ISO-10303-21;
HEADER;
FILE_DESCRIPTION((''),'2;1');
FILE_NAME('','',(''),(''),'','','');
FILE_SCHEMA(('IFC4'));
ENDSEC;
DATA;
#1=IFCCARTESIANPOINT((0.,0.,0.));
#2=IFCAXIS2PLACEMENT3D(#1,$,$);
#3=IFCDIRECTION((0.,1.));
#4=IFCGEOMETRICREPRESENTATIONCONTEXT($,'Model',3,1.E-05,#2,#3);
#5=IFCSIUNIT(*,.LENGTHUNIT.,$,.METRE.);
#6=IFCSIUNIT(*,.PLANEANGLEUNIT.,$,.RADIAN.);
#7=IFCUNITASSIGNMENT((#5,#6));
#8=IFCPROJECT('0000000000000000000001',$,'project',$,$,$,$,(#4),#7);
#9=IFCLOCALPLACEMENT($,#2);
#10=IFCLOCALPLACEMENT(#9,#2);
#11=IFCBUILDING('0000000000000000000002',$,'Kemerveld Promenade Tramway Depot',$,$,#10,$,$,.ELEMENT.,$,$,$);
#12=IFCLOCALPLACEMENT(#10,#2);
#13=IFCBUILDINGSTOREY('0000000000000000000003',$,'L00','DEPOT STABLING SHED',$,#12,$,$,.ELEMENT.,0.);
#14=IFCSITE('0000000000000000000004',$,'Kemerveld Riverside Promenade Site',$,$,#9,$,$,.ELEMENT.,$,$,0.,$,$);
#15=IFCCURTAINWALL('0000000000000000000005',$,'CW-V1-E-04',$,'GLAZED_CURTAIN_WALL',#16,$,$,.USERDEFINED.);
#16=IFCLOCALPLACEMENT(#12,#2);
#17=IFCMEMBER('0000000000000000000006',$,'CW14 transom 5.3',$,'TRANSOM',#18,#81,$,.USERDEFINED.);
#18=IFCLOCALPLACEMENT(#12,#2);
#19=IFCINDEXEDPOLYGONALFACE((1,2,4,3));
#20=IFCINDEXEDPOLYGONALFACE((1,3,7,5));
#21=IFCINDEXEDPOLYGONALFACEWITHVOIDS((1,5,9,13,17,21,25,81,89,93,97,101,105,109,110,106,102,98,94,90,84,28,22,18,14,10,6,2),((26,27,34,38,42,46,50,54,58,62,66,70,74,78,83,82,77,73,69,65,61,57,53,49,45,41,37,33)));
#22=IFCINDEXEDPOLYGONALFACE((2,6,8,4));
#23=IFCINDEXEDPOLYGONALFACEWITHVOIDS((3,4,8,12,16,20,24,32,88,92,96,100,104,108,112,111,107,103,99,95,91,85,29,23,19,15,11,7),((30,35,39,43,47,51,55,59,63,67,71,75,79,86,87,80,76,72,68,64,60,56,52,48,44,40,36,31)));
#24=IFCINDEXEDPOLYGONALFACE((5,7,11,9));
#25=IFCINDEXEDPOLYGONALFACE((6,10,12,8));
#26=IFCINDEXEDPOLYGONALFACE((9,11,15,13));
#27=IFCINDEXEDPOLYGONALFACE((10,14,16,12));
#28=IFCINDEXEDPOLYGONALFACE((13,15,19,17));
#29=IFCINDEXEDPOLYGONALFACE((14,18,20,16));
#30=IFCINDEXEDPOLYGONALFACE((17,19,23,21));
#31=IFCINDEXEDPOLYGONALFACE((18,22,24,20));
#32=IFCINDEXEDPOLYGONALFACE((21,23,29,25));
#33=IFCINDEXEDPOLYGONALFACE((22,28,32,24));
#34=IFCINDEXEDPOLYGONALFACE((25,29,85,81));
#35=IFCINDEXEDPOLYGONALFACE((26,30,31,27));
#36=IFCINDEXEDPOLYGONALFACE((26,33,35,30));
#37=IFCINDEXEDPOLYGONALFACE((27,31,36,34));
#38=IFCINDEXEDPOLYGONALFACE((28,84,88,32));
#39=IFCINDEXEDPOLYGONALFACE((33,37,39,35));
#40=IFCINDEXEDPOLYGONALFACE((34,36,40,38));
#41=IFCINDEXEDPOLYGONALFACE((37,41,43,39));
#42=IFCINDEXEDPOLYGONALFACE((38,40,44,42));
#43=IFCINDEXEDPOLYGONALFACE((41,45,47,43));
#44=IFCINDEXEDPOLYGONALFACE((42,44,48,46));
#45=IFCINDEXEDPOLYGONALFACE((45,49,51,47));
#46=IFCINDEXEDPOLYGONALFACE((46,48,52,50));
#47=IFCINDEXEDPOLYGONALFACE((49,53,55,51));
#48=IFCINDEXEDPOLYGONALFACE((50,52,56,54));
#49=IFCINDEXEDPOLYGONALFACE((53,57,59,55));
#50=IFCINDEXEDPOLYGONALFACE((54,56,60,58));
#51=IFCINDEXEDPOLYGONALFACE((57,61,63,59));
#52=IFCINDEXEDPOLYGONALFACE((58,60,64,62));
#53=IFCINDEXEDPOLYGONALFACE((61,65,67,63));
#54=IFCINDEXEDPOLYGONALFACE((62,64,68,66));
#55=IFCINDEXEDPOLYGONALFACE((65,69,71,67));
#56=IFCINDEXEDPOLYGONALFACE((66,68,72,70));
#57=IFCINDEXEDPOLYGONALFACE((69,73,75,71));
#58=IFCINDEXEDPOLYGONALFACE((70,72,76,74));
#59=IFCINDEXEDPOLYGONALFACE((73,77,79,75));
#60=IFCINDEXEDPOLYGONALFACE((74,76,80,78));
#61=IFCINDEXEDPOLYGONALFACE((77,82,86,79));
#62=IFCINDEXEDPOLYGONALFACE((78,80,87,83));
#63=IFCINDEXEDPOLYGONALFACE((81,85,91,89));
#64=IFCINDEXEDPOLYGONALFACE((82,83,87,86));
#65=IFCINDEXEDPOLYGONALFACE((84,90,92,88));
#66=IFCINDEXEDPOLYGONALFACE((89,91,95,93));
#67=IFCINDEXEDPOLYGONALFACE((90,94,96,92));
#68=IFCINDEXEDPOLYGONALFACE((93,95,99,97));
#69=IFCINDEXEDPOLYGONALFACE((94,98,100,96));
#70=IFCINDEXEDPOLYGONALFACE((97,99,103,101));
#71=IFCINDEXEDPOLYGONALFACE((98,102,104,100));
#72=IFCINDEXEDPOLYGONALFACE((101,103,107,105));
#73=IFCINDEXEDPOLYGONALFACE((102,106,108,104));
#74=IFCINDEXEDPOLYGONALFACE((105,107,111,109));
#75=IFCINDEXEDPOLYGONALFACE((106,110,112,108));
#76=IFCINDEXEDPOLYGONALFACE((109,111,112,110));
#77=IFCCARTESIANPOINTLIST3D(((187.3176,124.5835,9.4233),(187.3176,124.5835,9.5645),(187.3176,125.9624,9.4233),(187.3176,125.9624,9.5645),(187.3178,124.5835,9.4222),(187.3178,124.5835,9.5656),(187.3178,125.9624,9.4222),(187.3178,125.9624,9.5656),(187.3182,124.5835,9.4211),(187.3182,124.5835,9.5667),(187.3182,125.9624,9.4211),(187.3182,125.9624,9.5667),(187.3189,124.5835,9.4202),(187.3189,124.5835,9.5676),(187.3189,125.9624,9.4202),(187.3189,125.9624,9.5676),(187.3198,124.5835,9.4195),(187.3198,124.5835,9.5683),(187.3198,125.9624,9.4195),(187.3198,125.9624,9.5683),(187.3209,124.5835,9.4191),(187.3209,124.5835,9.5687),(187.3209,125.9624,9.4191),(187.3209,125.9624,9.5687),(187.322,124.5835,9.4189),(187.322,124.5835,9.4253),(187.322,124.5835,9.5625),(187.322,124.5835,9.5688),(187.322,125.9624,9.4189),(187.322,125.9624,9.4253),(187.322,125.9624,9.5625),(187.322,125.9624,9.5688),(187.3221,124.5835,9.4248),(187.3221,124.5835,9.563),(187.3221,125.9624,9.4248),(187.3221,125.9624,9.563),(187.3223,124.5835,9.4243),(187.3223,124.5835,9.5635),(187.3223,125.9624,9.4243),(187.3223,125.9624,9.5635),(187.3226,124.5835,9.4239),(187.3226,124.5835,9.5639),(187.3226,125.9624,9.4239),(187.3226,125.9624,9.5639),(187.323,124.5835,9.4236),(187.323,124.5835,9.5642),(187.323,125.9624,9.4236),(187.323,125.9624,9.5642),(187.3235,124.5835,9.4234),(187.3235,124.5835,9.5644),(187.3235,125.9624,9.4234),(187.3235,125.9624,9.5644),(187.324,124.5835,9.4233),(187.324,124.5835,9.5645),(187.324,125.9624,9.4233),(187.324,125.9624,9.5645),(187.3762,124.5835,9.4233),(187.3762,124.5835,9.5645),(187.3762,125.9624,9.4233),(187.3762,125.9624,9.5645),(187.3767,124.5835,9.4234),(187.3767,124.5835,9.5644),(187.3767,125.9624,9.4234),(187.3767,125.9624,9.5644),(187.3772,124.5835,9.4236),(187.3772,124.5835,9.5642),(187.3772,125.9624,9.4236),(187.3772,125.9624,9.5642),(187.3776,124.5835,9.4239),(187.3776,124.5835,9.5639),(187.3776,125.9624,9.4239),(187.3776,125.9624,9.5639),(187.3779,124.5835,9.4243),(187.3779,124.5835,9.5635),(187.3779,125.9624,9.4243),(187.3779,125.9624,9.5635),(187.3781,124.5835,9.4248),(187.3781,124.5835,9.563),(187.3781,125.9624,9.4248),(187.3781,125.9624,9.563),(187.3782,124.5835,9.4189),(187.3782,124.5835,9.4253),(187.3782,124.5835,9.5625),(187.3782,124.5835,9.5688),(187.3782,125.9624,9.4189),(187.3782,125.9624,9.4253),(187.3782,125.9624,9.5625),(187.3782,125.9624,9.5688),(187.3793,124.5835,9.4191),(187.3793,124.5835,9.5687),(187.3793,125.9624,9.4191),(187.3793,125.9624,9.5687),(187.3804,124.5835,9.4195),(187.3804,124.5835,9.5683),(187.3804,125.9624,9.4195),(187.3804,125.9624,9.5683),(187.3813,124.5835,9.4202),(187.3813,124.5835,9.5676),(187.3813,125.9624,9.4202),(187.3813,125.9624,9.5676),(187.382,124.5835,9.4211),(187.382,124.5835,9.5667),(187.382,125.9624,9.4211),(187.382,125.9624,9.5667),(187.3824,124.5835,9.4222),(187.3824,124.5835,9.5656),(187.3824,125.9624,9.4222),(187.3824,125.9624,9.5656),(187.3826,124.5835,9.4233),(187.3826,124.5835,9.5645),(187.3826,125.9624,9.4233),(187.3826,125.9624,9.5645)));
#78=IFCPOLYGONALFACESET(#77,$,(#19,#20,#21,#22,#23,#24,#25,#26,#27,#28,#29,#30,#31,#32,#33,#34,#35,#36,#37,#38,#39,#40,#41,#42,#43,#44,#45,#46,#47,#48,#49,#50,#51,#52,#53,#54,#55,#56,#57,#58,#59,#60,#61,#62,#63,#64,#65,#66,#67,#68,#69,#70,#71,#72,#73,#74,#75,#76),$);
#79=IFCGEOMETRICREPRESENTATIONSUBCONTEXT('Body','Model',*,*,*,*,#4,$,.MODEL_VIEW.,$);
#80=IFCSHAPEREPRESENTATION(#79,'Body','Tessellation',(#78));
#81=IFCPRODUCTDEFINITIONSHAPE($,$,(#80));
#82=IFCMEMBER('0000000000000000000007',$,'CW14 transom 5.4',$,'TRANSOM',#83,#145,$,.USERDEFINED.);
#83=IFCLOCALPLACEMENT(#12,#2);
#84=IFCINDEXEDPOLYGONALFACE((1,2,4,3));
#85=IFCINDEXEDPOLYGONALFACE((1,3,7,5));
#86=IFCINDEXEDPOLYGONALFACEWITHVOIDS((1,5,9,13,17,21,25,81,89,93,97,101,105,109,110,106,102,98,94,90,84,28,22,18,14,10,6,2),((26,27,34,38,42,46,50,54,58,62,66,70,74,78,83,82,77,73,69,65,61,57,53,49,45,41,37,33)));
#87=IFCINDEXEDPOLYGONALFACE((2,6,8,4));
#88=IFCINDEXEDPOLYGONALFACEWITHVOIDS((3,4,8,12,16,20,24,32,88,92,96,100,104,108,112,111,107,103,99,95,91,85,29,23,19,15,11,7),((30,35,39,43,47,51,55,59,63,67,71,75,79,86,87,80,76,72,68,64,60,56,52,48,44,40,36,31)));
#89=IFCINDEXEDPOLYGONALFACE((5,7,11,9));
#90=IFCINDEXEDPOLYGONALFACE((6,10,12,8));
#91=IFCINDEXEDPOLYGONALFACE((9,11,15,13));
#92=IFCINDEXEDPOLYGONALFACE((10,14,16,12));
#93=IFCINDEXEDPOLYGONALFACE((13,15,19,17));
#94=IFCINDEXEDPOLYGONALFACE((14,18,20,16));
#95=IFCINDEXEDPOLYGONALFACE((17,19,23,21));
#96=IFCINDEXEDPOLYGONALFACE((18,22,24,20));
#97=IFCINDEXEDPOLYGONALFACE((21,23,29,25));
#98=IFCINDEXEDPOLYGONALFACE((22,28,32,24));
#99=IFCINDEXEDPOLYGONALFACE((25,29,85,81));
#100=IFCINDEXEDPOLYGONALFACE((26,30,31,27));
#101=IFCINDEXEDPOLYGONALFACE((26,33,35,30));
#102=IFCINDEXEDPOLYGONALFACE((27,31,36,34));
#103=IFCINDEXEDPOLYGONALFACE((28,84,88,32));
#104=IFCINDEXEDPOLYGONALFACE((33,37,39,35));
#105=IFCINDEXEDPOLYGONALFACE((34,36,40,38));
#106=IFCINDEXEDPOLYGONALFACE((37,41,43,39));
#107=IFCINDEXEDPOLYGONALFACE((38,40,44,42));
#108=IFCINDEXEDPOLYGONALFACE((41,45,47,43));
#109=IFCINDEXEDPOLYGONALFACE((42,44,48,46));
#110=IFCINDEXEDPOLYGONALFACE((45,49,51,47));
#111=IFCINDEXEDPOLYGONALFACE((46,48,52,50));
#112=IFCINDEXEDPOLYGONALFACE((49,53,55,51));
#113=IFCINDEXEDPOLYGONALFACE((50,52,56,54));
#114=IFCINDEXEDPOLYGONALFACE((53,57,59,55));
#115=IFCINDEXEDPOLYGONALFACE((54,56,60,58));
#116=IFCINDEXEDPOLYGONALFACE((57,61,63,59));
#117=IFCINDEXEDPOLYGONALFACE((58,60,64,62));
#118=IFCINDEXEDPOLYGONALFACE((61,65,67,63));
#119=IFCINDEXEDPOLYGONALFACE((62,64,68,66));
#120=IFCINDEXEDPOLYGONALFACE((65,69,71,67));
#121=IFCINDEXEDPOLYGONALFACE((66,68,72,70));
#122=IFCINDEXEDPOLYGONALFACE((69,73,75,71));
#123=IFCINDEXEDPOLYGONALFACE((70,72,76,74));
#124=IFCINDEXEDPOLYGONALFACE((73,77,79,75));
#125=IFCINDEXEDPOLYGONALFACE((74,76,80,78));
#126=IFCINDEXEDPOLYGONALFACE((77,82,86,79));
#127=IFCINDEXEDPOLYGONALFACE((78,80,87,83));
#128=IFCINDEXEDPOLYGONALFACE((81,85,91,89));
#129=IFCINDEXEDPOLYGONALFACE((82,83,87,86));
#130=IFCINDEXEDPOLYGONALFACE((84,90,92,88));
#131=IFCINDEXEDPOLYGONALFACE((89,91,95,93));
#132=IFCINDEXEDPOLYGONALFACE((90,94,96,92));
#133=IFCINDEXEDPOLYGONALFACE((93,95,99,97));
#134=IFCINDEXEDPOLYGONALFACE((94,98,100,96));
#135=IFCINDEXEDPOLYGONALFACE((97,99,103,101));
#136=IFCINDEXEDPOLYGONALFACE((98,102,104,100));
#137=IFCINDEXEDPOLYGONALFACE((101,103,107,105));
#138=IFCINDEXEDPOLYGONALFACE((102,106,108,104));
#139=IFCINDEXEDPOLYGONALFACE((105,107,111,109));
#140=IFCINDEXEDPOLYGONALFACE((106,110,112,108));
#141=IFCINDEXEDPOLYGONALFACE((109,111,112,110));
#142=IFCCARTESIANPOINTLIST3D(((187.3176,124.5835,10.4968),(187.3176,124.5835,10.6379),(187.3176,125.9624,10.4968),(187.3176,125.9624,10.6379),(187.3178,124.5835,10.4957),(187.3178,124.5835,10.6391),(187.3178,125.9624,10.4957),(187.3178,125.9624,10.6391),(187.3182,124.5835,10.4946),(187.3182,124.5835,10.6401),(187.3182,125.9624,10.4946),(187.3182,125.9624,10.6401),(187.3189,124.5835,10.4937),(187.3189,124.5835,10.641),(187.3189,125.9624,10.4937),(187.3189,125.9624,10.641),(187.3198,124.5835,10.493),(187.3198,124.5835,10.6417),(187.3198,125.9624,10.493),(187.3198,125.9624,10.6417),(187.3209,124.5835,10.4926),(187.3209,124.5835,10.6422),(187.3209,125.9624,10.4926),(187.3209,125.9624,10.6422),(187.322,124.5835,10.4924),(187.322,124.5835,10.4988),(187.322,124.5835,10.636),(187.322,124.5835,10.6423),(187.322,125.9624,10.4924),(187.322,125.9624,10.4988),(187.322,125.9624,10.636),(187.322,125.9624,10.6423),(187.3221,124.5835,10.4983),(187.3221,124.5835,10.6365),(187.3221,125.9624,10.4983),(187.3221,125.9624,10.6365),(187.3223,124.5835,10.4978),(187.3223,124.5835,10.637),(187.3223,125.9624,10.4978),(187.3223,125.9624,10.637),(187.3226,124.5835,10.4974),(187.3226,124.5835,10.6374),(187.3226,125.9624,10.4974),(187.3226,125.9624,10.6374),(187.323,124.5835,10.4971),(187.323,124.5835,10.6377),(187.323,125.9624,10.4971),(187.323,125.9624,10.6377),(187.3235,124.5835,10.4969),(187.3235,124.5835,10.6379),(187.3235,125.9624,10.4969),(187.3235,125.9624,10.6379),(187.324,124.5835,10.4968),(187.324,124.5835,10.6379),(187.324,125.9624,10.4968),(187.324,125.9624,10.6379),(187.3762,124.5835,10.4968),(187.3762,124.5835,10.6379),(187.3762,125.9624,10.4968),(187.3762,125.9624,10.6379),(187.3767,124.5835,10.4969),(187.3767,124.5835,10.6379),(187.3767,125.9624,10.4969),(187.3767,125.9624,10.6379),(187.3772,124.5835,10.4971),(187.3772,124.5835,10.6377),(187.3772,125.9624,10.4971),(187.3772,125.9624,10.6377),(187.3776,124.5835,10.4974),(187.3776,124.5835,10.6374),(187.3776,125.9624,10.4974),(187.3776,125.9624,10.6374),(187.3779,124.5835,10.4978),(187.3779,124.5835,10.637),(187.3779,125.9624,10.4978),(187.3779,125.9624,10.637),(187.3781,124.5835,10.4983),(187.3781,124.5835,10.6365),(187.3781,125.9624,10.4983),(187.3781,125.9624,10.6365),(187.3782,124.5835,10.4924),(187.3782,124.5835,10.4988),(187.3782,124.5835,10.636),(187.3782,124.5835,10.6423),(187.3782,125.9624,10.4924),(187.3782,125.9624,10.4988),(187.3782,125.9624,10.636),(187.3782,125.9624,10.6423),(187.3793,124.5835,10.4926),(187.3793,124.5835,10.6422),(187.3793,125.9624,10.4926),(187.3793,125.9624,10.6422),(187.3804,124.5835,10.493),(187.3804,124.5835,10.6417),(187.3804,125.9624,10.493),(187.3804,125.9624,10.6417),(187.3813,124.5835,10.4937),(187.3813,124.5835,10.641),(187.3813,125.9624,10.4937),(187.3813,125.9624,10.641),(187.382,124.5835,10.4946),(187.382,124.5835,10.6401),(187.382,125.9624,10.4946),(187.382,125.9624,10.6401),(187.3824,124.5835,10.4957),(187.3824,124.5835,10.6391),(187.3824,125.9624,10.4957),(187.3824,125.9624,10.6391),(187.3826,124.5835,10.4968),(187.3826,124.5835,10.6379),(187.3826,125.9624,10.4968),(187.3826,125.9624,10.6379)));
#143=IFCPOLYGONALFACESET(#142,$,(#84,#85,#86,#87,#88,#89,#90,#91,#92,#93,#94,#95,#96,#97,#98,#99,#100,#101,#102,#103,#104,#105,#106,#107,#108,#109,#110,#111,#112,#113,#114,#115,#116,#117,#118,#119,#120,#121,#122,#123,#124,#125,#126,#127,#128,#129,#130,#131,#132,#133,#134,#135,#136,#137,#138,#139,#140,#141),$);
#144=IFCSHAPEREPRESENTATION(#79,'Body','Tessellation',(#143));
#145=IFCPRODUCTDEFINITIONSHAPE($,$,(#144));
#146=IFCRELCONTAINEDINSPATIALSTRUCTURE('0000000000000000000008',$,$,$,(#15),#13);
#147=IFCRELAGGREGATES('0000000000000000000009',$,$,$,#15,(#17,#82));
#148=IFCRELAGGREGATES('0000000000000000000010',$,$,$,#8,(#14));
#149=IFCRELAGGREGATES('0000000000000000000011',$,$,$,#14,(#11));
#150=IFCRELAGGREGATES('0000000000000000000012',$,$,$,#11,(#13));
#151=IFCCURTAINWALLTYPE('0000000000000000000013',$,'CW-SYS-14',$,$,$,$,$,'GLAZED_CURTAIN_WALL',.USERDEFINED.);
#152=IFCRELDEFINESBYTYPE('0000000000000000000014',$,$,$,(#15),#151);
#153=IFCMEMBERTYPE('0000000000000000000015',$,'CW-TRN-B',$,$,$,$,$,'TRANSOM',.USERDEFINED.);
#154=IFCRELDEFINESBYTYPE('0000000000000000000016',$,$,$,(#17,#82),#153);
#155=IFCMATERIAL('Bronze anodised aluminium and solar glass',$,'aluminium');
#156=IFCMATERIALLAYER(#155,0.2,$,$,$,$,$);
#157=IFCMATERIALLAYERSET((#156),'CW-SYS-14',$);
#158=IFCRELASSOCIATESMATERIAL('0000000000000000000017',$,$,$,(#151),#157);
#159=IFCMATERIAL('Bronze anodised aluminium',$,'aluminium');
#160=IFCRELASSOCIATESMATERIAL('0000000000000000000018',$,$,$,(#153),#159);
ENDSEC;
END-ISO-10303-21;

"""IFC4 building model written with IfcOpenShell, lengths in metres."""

from ifc_helpers import new_model, si_unit, direction, frame, origin, origin_2d, place, context, subcontext, project, spatial, hollow_rectangle, extrude, material, layer, layer_set, material_profile, profile_set, type_object, element, aggregate, save


model = new_model("IFC4")

# Units and contexts
model_context = context("Model", 3, precision=1e-05, world=origin(), true_north=direction((0.0, 1.0)))
body_context = subcontext(model_context, "Body", "Model", "MODEL_VIEW")
ifc_project = project(units=[si_unit("LENGTHUNIT", "METRE"), si_unit("PLANEANGLEUNIT", "RADIAN")], contexts=[model_context])

# Site, building, storey
site_placement = place(None, origin())
site = spatial("IfcSite", under=ifc_project, at=site_placement, Name="Kemerveld Riverside Promenade Site", CompositionType="ELEMENT", RefElevation=0.0)
building_placement = place(site_placement, origin())
building = spatial("IfcBuilding", under=site, at=building_placement, Name="Kemerveld Promenade Tramway Depot", CompositionType="ELEMENT")
storey_placement = place(building_placement, origin())
storey = spatial("IfcBuildingStorey", under=building, at=storey_placement, Name="L00", Description="DEPOT STABLING SHED", CompositionType="ELEMENT", Elevation=0.0)

# Shared definitions
ifc_material_1 = material(Name="Bronze anodised aluminium and solar glass", Category="aluminium")
ifc_material_2 = material(Name="Bronze anodised aluminium", Category="aluminium")

# Curtain wall
ifc_layer_1 = layer(ifc_material_1, 0.2)
ifc_layer_set_1 = layer_set([ifc_layer_1], Name="CW-SYS-14")
curtain_wall_type_1 = type_object("IfcCurtainWallType", Name="CW-SYS-14", ElementType="GLAZED_CURTAIN_WALL", PredefinedType="USERDEFINED", material=ifc_layer_set_1)
curtain_wall_1_placement = place(storey_placement, origin())
curtain_wall_1 = element("IfcCurtainWall", 1, at=curtain_wall_1_placement, inside=storey, type_object=curtain_wall_type_1, Name="CW-V1-E-04", ObjectType="GLAZED_CURTAIN_WALL", PredefinedType="USERDEFINED")

# Members
ifc_material_profile_1 = material_profile(ifc_material_2, hollow_rectangle(XDim=0.0649, YDim=0.1499, WallThickness=0.0044, InnerFilletRadius=0.002, OuterFilletRadius=0.0044, at=origin_2d()), Name="CW-TRN-150x65")
ifc_profile_set_1 = profile_set([ifc_material_profile_1], Name="Bronze anodised aluminium")
member_type_1 = type_object("IfcMemberType", Name="CW-TRN-B", ElementType="TRANSOM", PredefinedType="USERDEFINED", material=ifc_profile_set_1)
member_1_placement = place(storey_placement, frame((187.3501, 125.9624, 9.4939), z_axis=(0.0, -1.0, 0.0), x_axis=(1.0, 0.0, 0.0)))
member_1 = element("IfcMember", 2, at=member_1_placement, type_object=member_type_1, Name="CW14 transom 5.3", ObjectType="TRANSOM", PredefinedType="USERDEFINED", context=body_context, shape_type="SweptSolid", body=[
    extrude(hollow_rectangle(XDim=0.0649, YDim=0.1499, WallThickness=0.0044, InnerFilletRadius=0.002, OuterFilletRadius=0.0044, at=origin_2d()), origin(), (0.0, 0.0, 1.0), 1.3789),
])
member_2_placement = place(storey_placement, frame((187.3501, 125.9624, 10.5674), z_axis=(0.0, -1.0, 0.0), x_axis=(1.0, 0.0, 0.0)))
member_2 = element("IfcMember", 3, at=member_2_placement, type_object=member_type_1, Name="CW14 transom 5.4", ObjectType="TRANSOM", PredefinedType="USERDEFINED", context=body_context, shape_type="SweptSolid", body=[
    extrude(hollow_rectangle(XDim=0.0649, YDim=0.1499, WallThickness=0.0044, InnerFilletRadius=0.002, OuterFilletRadius=0.0044, at=origin_2d()), origin(), (0.0, 0.0, 1.0), 1.3789),
])

aggregate(curtain_wall_1, [member_1, member_2])

save(model, "model.ifc")
